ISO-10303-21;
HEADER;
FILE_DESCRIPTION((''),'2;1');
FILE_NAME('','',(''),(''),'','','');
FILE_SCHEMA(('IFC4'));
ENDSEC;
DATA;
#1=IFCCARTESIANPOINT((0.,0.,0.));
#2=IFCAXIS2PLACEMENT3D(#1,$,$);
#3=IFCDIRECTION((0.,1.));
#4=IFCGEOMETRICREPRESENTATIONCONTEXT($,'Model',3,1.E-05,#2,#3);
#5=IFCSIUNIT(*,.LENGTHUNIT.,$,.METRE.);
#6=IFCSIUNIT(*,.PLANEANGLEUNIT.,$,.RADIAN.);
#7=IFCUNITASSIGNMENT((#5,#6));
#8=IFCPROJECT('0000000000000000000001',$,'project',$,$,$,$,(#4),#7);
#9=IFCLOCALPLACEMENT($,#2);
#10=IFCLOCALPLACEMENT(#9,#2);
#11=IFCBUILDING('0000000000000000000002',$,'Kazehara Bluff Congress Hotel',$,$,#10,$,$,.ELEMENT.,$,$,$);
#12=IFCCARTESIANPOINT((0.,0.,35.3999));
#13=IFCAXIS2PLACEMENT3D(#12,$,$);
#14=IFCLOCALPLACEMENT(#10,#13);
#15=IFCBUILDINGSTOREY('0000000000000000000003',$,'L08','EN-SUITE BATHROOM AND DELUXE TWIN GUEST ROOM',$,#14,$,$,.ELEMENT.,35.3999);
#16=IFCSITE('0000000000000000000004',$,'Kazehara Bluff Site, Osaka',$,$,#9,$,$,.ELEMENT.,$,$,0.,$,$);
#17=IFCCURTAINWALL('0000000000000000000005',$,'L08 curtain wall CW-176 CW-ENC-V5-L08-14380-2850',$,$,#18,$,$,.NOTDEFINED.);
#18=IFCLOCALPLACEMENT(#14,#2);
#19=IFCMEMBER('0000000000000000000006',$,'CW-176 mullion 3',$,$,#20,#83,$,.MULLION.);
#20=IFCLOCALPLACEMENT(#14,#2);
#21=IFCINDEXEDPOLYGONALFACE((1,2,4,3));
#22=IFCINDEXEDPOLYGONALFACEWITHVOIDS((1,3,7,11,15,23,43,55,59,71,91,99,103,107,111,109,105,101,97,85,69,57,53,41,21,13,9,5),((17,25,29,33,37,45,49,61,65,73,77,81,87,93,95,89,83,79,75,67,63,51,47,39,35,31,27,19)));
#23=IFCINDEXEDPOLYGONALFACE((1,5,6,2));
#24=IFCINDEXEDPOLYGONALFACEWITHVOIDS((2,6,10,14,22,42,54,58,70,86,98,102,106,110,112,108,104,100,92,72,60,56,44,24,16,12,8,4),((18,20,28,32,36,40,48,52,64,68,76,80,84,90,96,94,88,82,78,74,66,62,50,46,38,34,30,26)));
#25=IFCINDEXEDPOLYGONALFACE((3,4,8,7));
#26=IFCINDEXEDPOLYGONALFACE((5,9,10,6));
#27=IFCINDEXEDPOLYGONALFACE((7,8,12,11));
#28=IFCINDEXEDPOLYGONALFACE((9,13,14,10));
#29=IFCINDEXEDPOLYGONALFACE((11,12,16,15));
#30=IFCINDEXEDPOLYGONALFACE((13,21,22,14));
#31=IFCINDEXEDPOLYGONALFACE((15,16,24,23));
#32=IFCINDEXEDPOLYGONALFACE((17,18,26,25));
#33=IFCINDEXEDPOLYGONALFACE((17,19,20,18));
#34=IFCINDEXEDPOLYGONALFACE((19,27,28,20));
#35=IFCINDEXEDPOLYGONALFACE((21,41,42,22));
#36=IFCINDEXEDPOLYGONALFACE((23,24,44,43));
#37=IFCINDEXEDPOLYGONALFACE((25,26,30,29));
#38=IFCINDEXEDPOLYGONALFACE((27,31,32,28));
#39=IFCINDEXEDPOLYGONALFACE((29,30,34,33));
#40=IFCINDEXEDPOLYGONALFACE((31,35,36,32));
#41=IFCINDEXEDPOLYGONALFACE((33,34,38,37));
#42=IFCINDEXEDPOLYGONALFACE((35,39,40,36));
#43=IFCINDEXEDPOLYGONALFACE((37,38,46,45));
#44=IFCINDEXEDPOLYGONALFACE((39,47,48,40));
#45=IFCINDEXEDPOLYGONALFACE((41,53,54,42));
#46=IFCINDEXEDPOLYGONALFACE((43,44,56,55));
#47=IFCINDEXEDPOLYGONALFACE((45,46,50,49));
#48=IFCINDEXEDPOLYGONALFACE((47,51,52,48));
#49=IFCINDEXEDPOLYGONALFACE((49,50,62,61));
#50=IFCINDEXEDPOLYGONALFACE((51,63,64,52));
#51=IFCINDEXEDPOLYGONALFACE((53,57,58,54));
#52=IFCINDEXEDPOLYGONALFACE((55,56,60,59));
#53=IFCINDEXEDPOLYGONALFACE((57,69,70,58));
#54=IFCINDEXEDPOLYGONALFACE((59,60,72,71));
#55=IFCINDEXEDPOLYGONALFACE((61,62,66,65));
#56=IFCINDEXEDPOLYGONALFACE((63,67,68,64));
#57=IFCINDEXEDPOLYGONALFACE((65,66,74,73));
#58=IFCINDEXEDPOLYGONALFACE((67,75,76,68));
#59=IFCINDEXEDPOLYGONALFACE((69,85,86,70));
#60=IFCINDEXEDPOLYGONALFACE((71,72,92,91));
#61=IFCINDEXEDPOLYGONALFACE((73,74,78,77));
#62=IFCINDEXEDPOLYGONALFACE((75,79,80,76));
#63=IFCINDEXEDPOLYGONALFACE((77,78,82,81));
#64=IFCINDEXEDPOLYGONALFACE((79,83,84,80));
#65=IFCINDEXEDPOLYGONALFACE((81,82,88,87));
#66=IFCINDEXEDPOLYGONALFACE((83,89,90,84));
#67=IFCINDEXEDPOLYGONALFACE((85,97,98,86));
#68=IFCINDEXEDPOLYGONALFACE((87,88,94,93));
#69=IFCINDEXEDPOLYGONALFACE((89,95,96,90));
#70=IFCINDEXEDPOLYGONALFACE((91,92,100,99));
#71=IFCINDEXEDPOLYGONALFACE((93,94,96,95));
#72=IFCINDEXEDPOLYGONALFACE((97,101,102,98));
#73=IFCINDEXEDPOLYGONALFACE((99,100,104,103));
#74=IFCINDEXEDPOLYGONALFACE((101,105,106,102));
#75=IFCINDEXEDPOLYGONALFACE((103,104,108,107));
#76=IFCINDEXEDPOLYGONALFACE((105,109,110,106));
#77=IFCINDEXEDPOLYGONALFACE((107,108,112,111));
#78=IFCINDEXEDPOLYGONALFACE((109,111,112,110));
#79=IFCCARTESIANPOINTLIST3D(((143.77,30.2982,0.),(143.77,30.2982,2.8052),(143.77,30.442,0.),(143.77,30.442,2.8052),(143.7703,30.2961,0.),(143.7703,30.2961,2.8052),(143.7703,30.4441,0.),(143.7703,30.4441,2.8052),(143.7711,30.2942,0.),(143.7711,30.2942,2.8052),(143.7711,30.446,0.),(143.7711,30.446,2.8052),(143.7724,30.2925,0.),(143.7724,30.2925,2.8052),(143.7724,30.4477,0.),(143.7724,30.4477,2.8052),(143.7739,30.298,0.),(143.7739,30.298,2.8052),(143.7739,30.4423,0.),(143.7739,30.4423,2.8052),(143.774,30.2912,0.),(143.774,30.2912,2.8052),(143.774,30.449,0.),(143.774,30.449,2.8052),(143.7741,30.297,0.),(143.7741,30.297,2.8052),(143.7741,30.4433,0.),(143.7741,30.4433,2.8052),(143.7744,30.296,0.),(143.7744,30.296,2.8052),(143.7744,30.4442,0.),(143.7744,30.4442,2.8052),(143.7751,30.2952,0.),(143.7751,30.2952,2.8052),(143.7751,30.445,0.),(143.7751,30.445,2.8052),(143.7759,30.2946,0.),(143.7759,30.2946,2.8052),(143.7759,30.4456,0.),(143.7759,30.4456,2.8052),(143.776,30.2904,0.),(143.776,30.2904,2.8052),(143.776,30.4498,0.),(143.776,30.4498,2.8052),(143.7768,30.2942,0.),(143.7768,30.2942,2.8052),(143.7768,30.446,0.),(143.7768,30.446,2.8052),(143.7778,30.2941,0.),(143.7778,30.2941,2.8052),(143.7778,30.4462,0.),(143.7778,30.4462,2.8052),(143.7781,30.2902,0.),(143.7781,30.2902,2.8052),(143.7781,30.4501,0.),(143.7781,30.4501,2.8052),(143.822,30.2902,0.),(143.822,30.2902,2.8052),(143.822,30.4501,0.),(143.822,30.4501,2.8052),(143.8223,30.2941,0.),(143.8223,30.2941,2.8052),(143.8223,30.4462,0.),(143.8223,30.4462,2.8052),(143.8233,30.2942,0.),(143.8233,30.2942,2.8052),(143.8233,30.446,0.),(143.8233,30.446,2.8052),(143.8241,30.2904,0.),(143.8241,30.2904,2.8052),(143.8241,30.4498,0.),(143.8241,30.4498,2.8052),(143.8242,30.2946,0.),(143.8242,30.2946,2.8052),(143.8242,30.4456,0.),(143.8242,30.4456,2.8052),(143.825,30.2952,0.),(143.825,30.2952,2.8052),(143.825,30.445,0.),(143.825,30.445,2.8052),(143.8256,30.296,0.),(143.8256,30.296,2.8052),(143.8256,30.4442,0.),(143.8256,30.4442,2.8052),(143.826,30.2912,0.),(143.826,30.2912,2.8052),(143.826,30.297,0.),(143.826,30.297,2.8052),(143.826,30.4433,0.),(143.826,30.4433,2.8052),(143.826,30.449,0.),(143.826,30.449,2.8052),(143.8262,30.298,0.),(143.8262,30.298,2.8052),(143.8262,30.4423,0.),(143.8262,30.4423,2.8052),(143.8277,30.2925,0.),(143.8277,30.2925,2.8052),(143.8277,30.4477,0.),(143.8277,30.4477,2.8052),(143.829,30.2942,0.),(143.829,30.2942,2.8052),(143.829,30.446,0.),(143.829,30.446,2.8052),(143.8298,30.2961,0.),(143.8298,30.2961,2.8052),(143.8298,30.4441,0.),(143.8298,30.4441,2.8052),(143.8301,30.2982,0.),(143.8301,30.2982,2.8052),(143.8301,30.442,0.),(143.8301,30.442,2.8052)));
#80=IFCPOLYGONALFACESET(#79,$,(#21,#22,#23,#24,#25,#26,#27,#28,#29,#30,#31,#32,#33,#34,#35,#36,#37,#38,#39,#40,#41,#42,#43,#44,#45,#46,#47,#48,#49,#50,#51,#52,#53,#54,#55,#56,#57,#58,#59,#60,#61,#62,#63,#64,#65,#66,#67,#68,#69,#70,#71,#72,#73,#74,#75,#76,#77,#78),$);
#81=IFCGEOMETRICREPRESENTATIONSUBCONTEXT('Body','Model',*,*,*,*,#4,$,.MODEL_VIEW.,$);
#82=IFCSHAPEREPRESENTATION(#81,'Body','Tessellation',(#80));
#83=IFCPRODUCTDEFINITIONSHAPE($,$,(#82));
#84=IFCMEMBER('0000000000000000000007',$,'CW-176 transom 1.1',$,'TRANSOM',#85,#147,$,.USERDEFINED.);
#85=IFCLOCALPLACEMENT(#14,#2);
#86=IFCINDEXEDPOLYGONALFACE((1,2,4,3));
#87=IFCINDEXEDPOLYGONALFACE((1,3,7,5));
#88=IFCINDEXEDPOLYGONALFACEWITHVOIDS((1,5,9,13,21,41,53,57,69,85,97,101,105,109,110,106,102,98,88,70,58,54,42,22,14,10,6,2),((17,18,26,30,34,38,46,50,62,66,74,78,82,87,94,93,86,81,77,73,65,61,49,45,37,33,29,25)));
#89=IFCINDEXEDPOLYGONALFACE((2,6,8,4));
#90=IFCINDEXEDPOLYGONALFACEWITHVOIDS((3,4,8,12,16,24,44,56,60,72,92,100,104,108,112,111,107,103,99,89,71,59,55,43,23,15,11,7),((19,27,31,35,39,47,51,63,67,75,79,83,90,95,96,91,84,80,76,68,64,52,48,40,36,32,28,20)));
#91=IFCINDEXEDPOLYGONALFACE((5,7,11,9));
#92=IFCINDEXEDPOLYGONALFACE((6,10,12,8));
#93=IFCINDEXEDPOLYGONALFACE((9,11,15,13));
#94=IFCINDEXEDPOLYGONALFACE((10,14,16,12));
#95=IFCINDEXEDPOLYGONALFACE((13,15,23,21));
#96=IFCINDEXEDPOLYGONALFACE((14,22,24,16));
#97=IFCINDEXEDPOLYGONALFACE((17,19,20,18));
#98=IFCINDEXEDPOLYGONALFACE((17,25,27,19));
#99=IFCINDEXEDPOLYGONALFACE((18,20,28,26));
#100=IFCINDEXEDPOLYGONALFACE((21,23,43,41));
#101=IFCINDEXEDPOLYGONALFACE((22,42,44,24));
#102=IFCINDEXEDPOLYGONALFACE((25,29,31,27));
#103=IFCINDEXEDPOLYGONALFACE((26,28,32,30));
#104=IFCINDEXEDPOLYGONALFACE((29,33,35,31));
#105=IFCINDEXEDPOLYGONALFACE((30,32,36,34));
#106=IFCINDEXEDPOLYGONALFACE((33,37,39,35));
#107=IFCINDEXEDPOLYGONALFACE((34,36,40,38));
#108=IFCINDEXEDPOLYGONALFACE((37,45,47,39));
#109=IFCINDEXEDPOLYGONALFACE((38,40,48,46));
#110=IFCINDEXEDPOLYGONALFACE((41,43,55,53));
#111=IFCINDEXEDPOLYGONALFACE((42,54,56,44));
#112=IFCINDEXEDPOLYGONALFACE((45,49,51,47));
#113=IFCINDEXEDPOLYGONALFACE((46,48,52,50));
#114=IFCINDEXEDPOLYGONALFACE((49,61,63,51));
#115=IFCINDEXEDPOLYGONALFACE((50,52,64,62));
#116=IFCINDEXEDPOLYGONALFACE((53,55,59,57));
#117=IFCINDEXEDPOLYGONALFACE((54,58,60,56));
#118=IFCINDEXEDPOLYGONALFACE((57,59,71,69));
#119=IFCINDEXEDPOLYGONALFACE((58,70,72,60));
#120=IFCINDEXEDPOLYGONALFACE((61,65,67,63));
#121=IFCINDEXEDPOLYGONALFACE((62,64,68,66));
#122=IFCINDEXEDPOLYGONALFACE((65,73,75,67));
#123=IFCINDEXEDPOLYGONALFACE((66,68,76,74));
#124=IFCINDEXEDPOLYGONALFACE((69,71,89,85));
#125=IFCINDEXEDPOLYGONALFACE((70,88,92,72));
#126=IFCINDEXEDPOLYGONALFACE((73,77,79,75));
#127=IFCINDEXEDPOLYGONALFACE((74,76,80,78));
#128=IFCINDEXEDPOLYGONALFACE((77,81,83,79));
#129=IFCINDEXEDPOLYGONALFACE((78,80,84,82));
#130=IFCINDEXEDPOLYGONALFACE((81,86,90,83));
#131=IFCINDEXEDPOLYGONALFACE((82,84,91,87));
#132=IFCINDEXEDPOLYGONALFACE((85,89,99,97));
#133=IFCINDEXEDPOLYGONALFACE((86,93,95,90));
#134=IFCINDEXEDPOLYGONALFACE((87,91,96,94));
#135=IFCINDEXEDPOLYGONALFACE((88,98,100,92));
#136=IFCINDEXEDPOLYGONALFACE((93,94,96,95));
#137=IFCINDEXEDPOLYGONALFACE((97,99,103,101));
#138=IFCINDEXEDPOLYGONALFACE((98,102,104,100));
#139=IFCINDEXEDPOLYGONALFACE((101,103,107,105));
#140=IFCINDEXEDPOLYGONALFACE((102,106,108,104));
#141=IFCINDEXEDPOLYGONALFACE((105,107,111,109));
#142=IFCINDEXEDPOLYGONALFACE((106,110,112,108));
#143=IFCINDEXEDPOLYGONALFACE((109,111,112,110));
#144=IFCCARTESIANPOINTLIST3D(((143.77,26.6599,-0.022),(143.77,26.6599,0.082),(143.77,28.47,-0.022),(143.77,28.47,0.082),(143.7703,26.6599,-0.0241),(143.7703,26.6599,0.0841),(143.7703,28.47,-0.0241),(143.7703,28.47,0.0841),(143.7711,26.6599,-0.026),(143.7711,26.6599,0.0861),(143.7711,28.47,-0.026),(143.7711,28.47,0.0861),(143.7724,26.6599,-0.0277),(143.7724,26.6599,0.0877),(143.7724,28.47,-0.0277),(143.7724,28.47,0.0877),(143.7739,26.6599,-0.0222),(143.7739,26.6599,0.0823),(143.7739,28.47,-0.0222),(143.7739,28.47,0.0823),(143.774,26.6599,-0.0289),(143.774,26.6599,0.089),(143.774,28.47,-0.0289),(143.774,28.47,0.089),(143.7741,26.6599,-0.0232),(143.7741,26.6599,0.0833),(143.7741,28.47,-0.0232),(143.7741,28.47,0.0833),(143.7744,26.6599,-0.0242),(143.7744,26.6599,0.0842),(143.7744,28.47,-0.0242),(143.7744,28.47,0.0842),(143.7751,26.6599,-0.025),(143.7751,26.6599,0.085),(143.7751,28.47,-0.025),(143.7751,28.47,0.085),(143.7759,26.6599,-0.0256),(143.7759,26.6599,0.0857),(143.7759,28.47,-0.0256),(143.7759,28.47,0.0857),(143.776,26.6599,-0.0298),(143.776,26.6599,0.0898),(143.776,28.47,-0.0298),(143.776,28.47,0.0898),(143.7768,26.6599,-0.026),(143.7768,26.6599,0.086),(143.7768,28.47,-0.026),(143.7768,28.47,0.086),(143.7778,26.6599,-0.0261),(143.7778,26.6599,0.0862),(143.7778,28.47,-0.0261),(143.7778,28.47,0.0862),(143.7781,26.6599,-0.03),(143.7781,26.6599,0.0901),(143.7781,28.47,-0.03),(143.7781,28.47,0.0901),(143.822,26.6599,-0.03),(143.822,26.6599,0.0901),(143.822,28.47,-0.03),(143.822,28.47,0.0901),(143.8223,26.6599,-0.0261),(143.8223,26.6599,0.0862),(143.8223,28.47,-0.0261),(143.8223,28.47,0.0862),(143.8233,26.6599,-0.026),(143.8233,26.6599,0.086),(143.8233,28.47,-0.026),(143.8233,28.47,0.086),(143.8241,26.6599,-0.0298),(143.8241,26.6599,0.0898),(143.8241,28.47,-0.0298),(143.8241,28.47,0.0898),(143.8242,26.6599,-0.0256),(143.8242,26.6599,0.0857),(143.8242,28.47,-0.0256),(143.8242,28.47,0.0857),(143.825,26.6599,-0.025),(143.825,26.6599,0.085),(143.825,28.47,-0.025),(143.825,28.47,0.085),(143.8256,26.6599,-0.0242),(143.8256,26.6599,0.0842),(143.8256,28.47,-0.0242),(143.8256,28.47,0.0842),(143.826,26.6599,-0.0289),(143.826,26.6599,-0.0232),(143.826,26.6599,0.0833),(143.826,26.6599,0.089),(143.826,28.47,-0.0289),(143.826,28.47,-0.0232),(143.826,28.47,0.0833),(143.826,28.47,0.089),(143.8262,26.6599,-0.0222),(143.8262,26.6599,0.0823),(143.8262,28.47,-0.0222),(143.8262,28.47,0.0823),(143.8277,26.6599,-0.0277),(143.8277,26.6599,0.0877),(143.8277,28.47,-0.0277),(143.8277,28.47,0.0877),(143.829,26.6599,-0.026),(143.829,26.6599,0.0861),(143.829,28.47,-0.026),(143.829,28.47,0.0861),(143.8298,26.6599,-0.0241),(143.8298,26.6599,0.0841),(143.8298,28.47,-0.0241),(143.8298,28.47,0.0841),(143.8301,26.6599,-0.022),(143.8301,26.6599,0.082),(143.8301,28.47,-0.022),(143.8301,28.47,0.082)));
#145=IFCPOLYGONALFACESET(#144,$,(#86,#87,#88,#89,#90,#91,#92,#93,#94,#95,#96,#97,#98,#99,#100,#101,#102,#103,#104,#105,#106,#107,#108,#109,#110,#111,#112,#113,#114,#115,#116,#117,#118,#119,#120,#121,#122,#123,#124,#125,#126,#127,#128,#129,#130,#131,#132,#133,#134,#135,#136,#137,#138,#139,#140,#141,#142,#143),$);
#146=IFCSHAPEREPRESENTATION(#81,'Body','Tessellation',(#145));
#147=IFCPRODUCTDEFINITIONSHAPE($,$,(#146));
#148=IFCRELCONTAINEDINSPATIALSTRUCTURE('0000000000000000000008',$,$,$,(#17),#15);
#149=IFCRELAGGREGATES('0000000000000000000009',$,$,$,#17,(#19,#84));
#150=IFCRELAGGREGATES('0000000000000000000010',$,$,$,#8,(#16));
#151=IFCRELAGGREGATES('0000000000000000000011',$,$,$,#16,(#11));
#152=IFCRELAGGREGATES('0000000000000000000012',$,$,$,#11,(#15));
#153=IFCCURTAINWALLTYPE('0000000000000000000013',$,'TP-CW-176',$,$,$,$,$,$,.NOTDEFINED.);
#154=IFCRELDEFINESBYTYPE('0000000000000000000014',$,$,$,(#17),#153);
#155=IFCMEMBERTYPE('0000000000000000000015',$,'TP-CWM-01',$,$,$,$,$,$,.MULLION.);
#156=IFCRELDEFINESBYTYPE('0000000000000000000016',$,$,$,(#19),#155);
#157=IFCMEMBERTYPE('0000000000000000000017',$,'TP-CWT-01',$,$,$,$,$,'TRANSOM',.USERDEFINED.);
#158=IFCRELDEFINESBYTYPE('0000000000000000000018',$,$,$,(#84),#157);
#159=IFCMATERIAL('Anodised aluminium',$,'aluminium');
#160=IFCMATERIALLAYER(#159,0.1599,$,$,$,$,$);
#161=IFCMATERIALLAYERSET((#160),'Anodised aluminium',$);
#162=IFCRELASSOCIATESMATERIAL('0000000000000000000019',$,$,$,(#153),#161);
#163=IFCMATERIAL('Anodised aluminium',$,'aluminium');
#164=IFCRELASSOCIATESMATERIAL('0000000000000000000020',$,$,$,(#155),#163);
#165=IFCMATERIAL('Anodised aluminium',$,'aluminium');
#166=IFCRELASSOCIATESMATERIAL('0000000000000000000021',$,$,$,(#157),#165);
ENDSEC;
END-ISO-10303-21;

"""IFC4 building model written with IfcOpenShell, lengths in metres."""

from ifc_helpers import new_model, si_unit, direction, frame, origin, origin_2d, place, context, subcontext, project, spatial, hollow_rectangle, extrude, material, layer, layer_set, material_profile, profile_set, type_object, element, aggregate, save


model = new_model("IFC4")

# Units and contexts
model_context = context("Model", 3, precision=1e-05, world=origin(), true_north=direction((0.0, 1.0)))
body_context = subcontext(model_context, "Body", "Model", "MODEL_VIEW")
ifc_project = project(units=[si_unit("LENGTHUNIT", "METRE"), si_unit("PLANEANGLEUNIT", "RADIAN")], contexts=[model_context])

# Site, building, storey
site_placement = place(None, origin())
site = spatial("IfcSite", under=ifc_project, at=site_placement, Name="Kazehara Bluff Site, Osaka", CompositionType="ELEMENT", RefElevation=0.0)
building_placement = place(site_placement, origin())
building = spatial("IfcBuilding", under=site, at=building_placement, Name="Kazehara Bluff Congress Hotel", CompositionType="ELEMENT")
storey_placement = place(building_placement, frame((0.0, 0.0, 35.3999)))
storey = spatial("IfcBuildingStorey", under=building, at=storey_placement, Name="L08", Description="EN-SUITE BATHROOM AND DELUXE TWIN GUEST ROOM", CompositionType="ELEMENT", Elevation=35.3999)

# Curtain wall, members
ifc_material_1 = material(Name="Anodised aluminium", Category="aluminium")
ifc_layer_1 = layer(ifc_material_1, 0.1599)
ifc_layer_set_1 = layer_set([ifc_layer_1], Name="Anodised aluminium")
curtain_wall_type = type_object("IfcCurtainWallType", Name="TP-CW-176", PredefinedType="NOTDEFINED", material=ifc_layer_set_1)
curtain_wall_placement = place(storey_placement, origin())
curtain_wall = element("IfcCurtainWall", 1, at=curtain_wall_placement, inside=storey, type_object=curtain_wall_type, Name="L08 curtain wall CW-176 CW-ENC-V5-L08-14380-2850", PredefinedType="NOTDEFINED")
ifc_material_2 = material(Name="Anodised aluminium", Category="aluminium")
ifc_material_profile_1 = material_profile(ifc_material_2, hollow_rectangle(XDim=0.0601, YDim=0.1599, WallThickness=0.0039, InnerFilletRadius=0.0039, OuterFilletRadius=0.0081, at=origin_2d()))
ifc_profile_set_1 = profile_set([ifc_material_profile_1], Name="Anodised aluminium")
member_type_1 = type_object("IfcMemberType", Name="TP-CWM-01", PredefinedType="MULLION", material=ifc_profile_set_1)
member_1_placement = place(storey_placement, frame((143.8, 30.3701, 0.0), z_axis=(0.0, 0.0, 1.0), x_axis=(-1.0, 0.0, 0.0)))
member_1 = element("IfcMember", 2, at=member_1_placement, type_object=member_type_1, Name="CW-176 mullion 3", PredefinedType="MULLION", context=body_context, shape_type="SweptSolid", body=[
    extrude(hollow_rectangle(XDim=0.0601, YDim=0.1599, WallThickness=0.0039, InnerFilletRadius=0.0039, OuterFilletRadius=0.0081, at=origin_2d()), origin(), (0.0, 0.0, 1.0), 2.8052),
])
ifc_material_3 = material(Name="Anodised aluminium", Category="aluminium")
ifc_material_profile_2 = material_profile(ifc_material_3, hollow_rectangle(XDim=0.0601, YDim=0.1201, WallThickness=0.0039, InnerFilletRadius=0.0039, OuterFilletRadius=0.0081, at=origin_2d()))
ifc_profile_set_2 = profile_set([ifc_material_profile_2], Name="Anodised aluminium")
member_type_2 = type_object("IfcMemberType", Name="TP-CWT-01", ElementType="TRANSOM", PredefinedType="USERDEFINED", material=ifc_profile_set_2)
member_2_placement = place(storey_placement, frame((143.8, 26.6599, 0.03), z_axis=(0.0, 1.0, 0.0), x_axis=(-1.0, 0.0, 0.0)))
member_2 = element("IfcMember", 3, at=member_2_placement, type_object=member_type_2, Name="CW-176 transom 1.1", ObjectType="TRANSOM", PredefinedType="USERDEFINED", context=body_context, shape_type="SweptSolid", body=[
    extrude(hollow_rectangle(XDim=0.0601, YDim=0.1201, WallThickness=0.0039, InnerFilletRadius=0.0039, OuterFilletRadius=0.0081, at=origin_2d()), origin(), (0.0, 0.0, 1.0), 1.8101),
])
aggregate(curtain_wall, [member_1, member_2])

save(model, "model.ifc")
